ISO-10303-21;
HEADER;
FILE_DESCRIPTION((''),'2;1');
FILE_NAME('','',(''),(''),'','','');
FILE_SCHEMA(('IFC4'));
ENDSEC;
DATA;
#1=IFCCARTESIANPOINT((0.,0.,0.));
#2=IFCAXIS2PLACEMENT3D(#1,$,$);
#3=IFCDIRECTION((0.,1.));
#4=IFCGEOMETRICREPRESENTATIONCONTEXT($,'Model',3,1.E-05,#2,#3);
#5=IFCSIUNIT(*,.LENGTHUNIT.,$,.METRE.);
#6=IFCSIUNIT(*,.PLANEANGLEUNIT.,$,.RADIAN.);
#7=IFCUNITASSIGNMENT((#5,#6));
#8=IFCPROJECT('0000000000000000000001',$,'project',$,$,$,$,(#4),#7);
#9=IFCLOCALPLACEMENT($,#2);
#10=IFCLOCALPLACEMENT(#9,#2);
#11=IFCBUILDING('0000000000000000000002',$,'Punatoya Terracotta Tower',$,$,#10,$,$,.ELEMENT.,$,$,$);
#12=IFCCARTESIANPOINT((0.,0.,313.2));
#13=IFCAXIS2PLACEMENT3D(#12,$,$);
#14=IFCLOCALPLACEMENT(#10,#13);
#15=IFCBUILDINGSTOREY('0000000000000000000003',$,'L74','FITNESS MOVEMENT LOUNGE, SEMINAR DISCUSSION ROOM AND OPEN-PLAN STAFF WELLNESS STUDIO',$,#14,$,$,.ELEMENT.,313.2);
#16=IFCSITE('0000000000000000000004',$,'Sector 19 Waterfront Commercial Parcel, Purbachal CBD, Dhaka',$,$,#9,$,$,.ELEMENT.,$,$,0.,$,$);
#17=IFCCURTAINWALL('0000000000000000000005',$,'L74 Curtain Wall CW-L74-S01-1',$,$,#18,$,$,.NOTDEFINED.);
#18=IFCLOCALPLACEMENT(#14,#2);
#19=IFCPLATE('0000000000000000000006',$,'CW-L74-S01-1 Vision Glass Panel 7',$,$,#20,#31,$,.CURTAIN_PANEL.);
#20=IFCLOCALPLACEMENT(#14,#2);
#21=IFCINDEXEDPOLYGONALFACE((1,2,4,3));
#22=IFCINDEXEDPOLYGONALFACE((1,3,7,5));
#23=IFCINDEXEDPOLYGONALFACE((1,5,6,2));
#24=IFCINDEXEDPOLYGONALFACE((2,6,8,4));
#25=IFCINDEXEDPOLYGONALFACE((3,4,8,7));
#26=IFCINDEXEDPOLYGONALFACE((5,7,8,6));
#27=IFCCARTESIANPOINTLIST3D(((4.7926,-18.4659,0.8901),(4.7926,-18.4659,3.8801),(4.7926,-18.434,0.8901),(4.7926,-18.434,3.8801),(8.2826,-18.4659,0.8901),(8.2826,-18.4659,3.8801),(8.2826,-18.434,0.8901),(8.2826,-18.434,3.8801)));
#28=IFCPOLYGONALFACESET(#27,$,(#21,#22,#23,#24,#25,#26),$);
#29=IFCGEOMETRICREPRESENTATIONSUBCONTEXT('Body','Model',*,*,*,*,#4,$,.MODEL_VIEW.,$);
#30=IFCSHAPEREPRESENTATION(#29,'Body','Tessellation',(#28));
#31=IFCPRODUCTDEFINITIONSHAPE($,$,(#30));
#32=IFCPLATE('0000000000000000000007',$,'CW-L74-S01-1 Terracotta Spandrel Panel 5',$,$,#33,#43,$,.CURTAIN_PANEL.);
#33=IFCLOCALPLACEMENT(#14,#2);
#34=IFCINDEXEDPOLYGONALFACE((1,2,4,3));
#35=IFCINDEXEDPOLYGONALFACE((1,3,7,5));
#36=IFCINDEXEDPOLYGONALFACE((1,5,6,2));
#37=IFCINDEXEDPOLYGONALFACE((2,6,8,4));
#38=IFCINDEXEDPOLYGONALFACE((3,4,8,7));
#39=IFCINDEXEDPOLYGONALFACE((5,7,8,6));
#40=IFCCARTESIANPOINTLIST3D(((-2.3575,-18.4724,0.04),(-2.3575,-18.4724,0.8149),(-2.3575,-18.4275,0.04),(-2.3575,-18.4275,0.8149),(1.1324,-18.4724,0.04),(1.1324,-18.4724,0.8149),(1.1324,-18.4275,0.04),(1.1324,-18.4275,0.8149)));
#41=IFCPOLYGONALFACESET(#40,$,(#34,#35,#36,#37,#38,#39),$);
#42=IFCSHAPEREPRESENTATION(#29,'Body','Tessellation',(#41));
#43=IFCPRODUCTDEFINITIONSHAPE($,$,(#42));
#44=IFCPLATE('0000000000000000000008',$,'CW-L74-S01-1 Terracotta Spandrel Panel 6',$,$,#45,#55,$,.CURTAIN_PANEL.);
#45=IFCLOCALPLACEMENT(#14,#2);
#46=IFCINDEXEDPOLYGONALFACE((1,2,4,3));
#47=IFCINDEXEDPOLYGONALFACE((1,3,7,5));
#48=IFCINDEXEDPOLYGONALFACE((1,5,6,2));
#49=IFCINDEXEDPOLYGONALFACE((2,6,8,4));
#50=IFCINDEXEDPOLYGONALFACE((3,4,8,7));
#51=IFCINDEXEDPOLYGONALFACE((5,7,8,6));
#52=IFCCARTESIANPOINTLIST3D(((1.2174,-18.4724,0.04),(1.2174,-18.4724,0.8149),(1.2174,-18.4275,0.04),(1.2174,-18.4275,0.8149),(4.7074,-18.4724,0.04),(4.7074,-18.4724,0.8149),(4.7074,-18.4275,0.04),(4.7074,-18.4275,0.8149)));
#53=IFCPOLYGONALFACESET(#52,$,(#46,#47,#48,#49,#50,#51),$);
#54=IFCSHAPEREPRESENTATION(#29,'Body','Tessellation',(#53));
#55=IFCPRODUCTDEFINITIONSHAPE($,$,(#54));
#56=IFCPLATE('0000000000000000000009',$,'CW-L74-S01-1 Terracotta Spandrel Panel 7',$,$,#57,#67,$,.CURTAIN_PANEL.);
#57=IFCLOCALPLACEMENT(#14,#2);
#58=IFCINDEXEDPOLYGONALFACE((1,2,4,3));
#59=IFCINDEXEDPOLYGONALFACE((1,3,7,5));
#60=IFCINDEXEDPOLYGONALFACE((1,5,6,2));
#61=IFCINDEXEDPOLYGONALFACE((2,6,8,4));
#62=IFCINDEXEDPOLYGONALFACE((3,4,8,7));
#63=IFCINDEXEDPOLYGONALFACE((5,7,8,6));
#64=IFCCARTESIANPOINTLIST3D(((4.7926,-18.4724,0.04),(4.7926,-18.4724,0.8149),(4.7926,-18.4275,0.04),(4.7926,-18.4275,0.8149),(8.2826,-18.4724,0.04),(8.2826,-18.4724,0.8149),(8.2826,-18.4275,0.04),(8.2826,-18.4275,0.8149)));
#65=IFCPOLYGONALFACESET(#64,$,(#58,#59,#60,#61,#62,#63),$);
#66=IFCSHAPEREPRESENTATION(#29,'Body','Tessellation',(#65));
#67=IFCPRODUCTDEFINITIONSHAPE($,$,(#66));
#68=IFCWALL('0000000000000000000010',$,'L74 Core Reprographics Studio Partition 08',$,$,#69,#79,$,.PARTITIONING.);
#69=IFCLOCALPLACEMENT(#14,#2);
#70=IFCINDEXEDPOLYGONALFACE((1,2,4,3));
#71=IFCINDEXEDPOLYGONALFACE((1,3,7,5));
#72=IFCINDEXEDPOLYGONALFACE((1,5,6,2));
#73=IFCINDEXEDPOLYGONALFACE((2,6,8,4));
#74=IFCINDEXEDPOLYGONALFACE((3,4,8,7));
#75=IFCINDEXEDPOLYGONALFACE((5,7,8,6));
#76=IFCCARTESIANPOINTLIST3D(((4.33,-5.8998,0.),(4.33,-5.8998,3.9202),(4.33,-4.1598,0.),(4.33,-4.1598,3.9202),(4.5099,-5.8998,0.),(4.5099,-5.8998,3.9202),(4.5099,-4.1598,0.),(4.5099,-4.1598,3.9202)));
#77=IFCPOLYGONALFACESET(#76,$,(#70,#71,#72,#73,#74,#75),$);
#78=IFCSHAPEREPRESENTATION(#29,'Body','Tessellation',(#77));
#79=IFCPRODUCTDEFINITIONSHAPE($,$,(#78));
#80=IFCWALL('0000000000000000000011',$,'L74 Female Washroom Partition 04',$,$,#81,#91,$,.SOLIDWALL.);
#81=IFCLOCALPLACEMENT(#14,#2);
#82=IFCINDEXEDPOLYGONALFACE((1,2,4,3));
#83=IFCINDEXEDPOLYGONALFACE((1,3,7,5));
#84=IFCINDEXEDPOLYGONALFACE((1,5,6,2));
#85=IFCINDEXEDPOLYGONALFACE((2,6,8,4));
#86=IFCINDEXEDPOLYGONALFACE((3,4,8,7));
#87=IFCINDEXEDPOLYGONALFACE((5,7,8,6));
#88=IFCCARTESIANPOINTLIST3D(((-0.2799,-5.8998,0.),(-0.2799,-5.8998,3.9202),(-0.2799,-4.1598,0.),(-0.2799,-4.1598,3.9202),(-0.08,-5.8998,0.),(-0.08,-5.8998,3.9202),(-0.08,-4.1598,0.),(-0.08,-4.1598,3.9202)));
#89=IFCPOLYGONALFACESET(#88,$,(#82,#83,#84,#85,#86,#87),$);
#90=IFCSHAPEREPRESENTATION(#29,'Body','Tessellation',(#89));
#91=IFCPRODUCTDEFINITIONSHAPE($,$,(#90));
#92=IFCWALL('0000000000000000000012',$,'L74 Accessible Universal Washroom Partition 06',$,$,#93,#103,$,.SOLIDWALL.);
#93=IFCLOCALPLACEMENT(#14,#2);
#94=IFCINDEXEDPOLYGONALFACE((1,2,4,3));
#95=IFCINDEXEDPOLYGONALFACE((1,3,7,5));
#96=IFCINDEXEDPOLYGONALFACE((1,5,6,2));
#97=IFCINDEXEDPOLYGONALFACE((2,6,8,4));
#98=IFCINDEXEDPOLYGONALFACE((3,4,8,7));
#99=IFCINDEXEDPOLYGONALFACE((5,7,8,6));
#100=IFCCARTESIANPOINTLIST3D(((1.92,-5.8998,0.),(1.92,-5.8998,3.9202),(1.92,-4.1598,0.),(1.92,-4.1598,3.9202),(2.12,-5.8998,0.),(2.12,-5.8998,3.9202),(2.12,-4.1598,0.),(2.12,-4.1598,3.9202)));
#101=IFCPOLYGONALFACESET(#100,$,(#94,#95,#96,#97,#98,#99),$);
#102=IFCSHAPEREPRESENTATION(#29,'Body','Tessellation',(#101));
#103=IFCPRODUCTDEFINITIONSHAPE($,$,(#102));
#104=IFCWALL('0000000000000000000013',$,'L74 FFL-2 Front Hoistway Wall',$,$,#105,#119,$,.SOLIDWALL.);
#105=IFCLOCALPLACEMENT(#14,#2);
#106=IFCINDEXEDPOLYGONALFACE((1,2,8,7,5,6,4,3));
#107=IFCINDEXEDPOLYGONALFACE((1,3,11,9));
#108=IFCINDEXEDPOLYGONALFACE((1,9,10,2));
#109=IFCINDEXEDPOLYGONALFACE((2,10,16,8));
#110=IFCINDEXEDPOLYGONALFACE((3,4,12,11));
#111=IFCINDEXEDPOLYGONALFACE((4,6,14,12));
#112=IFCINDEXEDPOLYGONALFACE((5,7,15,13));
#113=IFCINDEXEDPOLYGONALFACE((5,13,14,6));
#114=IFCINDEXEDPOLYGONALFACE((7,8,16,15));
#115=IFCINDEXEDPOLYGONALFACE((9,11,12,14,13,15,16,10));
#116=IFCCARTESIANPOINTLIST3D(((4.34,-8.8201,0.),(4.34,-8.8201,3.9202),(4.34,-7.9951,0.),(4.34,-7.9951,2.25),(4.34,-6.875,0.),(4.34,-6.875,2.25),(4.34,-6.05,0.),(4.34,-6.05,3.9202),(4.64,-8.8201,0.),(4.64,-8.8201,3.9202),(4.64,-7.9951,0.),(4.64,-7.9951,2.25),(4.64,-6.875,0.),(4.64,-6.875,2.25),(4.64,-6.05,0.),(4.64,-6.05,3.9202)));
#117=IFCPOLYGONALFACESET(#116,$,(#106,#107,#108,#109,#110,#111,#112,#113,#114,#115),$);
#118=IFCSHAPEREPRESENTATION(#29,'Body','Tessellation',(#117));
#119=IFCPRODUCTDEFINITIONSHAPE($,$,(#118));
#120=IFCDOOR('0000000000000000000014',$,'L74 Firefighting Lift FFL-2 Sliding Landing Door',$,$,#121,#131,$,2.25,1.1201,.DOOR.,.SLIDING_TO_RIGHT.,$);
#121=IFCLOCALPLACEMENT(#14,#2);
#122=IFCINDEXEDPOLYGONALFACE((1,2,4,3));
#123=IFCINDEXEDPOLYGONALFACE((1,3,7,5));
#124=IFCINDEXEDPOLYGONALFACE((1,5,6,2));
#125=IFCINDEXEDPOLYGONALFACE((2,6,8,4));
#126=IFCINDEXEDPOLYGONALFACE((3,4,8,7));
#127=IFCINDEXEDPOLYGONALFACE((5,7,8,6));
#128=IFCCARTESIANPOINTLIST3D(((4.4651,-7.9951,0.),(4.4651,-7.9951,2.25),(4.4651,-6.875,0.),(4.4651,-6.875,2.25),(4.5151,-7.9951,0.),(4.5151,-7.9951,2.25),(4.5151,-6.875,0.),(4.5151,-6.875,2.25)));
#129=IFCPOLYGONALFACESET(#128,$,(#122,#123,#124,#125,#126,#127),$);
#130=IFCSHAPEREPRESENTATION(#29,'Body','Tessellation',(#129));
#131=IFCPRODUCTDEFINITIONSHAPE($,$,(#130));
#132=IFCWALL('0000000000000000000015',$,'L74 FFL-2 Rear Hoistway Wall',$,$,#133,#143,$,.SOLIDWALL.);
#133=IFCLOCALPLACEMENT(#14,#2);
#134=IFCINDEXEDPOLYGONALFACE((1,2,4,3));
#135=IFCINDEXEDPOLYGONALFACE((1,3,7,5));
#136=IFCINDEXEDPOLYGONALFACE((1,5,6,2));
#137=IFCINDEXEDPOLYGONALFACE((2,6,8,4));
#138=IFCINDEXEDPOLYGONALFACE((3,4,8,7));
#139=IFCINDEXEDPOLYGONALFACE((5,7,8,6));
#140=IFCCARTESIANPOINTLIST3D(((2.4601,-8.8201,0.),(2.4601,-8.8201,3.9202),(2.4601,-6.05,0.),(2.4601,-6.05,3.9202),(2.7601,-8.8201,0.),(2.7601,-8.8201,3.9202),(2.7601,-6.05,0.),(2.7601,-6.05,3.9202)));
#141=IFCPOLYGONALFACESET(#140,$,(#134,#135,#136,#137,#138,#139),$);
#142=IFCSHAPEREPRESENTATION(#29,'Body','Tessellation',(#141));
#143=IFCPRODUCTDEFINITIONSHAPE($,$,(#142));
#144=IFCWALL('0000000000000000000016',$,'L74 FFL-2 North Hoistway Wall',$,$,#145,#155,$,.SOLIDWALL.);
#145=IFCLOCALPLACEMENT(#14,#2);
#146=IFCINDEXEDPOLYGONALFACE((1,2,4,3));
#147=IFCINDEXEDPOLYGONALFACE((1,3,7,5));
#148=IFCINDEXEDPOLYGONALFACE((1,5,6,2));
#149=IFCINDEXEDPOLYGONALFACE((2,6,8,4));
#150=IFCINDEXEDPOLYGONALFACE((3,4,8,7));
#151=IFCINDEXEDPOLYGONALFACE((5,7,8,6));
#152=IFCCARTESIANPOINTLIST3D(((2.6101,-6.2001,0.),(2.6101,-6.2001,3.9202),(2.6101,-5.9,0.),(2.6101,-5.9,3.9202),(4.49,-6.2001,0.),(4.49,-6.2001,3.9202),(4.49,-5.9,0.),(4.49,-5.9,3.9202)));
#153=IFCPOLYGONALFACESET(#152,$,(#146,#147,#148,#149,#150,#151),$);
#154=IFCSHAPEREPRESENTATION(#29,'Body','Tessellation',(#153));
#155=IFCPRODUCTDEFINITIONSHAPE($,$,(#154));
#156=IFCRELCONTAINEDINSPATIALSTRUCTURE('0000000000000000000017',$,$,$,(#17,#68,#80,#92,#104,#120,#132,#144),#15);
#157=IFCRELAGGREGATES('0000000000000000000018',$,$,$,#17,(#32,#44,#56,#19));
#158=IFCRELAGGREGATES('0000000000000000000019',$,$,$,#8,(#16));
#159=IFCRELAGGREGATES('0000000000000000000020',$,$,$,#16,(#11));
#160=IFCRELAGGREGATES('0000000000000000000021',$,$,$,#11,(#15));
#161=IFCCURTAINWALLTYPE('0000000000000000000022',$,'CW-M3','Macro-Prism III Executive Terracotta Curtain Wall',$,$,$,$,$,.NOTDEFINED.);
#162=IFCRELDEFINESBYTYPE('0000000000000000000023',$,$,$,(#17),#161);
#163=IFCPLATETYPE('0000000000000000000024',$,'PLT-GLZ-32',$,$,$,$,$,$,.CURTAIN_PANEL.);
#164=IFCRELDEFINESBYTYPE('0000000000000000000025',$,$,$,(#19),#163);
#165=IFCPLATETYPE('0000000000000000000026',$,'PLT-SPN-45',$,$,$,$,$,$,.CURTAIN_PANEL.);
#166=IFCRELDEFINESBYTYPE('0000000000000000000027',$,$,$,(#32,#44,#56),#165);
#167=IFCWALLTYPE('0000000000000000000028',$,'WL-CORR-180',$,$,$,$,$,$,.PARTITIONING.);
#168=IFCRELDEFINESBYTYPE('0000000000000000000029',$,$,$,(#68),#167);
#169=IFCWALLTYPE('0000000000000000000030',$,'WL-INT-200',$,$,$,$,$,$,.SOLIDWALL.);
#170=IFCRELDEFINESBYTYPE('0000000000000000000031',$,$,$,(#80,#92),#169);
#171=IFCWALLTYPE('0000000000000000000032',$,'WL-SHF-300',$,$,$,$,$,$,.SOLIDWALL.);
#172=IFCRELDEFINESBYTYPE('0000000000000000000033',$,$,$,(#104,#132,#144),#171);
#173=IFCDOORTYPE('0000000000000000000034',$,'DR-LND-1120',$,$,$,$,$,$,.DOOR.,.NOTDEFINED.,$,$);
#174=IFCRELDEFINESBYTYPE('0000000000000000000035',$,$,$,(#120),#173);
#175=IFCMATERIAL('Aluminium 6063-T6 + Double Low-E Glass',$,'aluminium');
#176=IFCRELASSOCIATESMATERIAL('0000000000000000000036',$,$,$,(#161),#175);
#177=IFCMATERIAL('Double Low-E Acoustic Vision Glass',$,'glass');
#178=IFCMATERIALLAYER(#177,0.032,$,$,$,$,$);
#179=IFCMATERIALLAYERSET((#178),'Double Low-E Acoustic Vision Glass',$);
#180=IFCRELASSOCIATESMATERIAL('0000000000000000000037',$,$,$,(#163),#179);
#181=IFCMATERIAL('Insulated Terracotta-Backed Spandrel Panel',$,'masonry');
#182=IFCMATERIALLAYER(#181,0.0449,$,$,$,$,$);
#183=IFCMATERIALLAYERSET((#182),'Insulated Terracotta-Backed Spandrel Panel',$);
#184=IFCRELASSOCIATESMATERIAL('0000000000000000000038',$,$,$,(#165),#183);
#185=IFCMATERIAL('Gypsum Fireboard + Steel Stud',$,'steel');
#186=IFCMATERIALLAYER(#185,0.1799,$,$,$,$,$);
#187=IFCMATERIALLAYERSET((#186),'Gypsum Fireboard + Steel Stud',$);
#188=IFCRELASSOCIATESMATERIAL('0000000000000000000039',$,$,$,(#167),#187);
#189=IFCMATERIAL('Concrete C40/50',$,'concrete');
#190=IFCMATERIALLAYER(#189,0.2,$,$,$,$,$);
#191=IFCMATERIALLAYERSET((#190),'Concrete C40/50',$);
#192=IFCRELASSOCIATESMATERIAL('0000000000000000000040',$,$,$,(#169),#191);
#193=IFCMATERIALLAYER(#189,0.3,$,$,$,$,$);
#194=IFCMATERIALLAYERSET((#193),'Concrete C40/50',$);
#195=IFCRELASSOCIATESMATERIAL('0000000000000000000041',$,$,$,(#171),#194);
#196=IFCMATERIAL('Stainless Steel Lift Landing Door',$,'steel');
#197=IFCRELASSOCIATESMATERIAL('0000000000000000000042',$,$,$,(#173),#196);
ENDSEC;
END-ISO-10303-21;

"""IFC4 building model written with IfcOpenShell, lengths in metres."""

from ifc_helpers import new_model, si_unit, direction, frame, frame_2d, origin, origin_2d, place, context, subcontext, project, spatial, rectangle, extrude, material, layer, layer_set, type_object, element, fill, aggregate, save


model = new_model("IFC4")

# Units and contexts
model_context = context("Model", 3, precision=1e-05, world=origin(), true_north=direction((0.0, 1.0)))
body_context = subcontext(model_context, "Body", "Model", "MODEL_VIEW")
ifc_project = project(units=[si_unit("LENGTHUNIT", "METRE"), si_unit("PLANEANGLEUNIT", "RADIAN")], contexts=[model_context])

# Site, building, storey
site_placement = place(None, origin())
site = spatial("IfcSite", under=ifc_project, at=site_placement, Name="Sector 19 Waterfront Commercial Parcel, Purbachal CBD, Dhaka", CompositionType="ELEMENT", RefElevation=0.0)
building_placement = place(site_placement, origin())
building = spatial("IfcBuilding", under=site, at=building_placement, Name="Punatoya Terracotta Tower", CompositionType="ELEMENT")
storey_placement = place(building_placement, frame((0.0, 0.0, 313.2)))
storey = spatial("IfcBuildingStorey", under=building, at=storey_placement, Name="L74", Description="FITNESS MOVEMENT LOUNGE, SEMINAR DISCUSSION ROOM AND OPEN-PLAN STAFF WELLNESS STUDIO", CompositionType="ELEMENT", Elevation=313.2)

# Curtain wall, plates
ifc_material_1 = material(Name="Aluminium 6063-T6 + Double Low-E Glass", Category="aluminium")
curtain_wall_type = type_object("IfcCurtainWallType", Name="CW-M3", Description="Macro-Prism III Executive Terracotta Curtain Wall", PredefinedType="NOTDEFINED", material=ifc_material_1)
curtain_wall_placement = place(storey_placement, origin())
curtain_wall = element("IfcCurtainWall", 1, at=curtain_wall_placement, inside=storey, type_object=curtain_wall_type, Name="L74 Curtain Wall CW-L74-S01-1", PredefinedType="NOTDEFINED")
ifc_material_2 = material(Name="Double Low-E Acoustic Vision Glass", Category="glass")
ifc_layer_1 = layer(ifc_material_2, 0.032)
ifc_layer_set_1 = layer_set([ifc_layer_1], Name="Double Low-E Acoustic Vision Glass")
plate_type_1 = type_object("IfcPlateType", Name="PLT-GLZ-32", PredefinedType="CURTAIN_PANEL", material=ifc_layer_set_1)
plate_1_placement = place(storey_placement, frame((6.5376, -18.45, 0.8901), z_axis=(0.0, 0.0, 1.0), x_axis=(1.0, 0.0, 0.0)))
plate_1 = element("IfcPlate", 2, at=plate_1_placement, type_object=plate_type_1, Name="CW-L74-S01-1 Vision Glass Panel 7", PredefinedType="CURTAIN_PANEL", context=body_context, shape_type="SweptSolid", body=[
    extrude(rectangle(XDim=3.49, YDim=0.032, at=origin_2d()), origin(), (0.0, 0.0, 1.0), 2.99),
])
ifc_material_3 = material(Name="Insulated Terracotta-Backed Spandrel Panel", Category="masonry")
ifc_layer_2 = layer(ifc_material_3, 0.0449)
ifc_layer_set_2 = layer_set([ifc_layer_2], Name="Insulated Terracotta-Backed Spandrel Panel")
plate_type_2 = type_object("IfcPlateType", Name="PLT-SPN-45", PredefinedType="CURTAIN_PANEL", material=ifc_layer_set_2)
plate_2_placement = place(storey_placement, frame((-0.6125, -18.45, 0.04), z_axis=(0.0, 0.0, 1.0), x_axis=(1.0, 0.0, 0.0)))
plate_2 = element("IfcPlate", 3, at=plate_2_placement, type_object=plate_type_2, Name="CW-L74-S01-1 Terracotta Spandrel Panel 5", PredefinedType="CURTAIN_PANEL", context=body_context, shape_type="SweptSolid", body=[
    extrude(rectangle(XDim=3.49, YDim=0.0449, at=origin_2d()), origin(), (0.0, 0.0, 1.0), 0.7749),
])
plate_3_placement = place(storey_placement, frame((2.9624, -18.45, 0.04), z_axis=(0.0, 0.0, 1.0), x_axis=(1.0, 0.0, 0.0)))
plate_3 = element("IfcPlate", 4, at=plate_3_placement, type_object=plate_type_2, Name="CW-L74-S01-1 Terracotta Spandrel Panel 6", PredefinedType="CURTAIN_PANEL", context=body_context, shape_type="SweptSolid", body=[
    extrude(rectangle(XDim=3.49, YDim=0.0449, at=origin_2d()), origin(), (0.0, 0.0, 1.0), 0.7749),
])
plate_4_placement = place(storey_placement, frame((6.5376, -18.45, 0.04), z_axis=(0.0, 0.0, 1.0), x_axis=(1.0, 0.0, 0.0)))
plate_4 = element("IfcPlate", 5, at=plate_4_placement, type_object=plate_type_2, Name="CW-L74-S01-1 Terracotta Spandrel Panel 7", PredefinedType="CURTAIN_PANEL", context=body_context, shape_type="SweptSolid", body=[
    extrude(rectangle(XDim=3.49, YDim=0.0449, at=origin_2d()), origin(), (0.0, 0.0, 1.0), 0.7749),
])
aggregate(curtain_wall, [plate_2, plate_3, plate_4, plate_1])

# Walls
ifc_material_4 = material(Name="Gypsum Fireboard + Steel Stud", Category="steel")
ifc_layer_3 = layer(ifc_material_4, 0.1799)
ifc_layer_set_3 = layer_set([ifc_layer_3], Name="Gypsum Fireboard + Steel Stud")
wall_type_1 = type_object("IfcWallType", Name="WL-CORR-180", PredefinedType="PARTITIONING", material=ifc_layer_set_3)
wall_1_placement = place(storey_placement, frame((4.4199, -5.8999, 0.0), z_axis=(0.0, 0.0, 1.0), x_axis=(0.0, 1.0, 0.0)))
element("IfcWall", 6, at=wall_1_placement, inside=storey, type_object=wall_type_1, Name="L74 Core Reprographics Studio Partition 08", PredefinedType="PARTITIONING", context=body_context, shape_type="SweptSolid", body=[
    extrude(rectangle(XDim=1.74, YDim=0.1799, at=frame_2d((0.8701, 0.0))), origin(), (0.0, 0.0, 1.0), 3.9202),
])
ifc_material_5 = material(Name="Concrete C40/50", Category="concrete")
ifc_layer_4 = layer(ifc_material_5, 0.2)
ifc_layer_set_4 = layer_set([ifc_layer_4], Name="Concrete C40/50")
wall_type_2 = type_object("IfcWallType", Name="WL-INT-200", PredefinedType="SOLIDWALL", material=ifc_layer_set_4)
wall_2_placement = place(storey_placement, frame((-0.1799, -5.8999, 0.0), z_axis=(0.0, 0.0, 1.0), x_axis=(0.0, 1.0, 0.0)))
element("IfcWall", 7, at=wall_2_placement, inside=storey, type_object=wall_type_2, Name="L74 Female Washroom Partition 04", PredefinedType="SOLIDWALL", context=body_context, shape_type="SweptSolid", body=[
    extrude(rectangle(XDim=1.74, YDim=0.2, at=frame_2d((0.8701, 0.0))), origin(), (0.0, 0.0, 1.0), 3.9202),
])

# Wall
wall_3_placement = place(storey_placement, frame((2.02, -5.8999, 0.0), z_axis=(0.0, 0.0, 1.0), x_axis=(0.0, 1.0, 0.0)))
element("IfcWall", 8, at=wall_3_placement, inside=storey, type_object=wall_type_2, Name="L74 Accessible Universal Washroom Partition 06", PredefinedType="SOLIDWALL", context=body_context, shape_type="SweptSolid", body=[
    extrude(rectangle(XDim=1.74, YDim=0.2, at=frame_2d((0.8701, 0.0))), origin(), (0.0, 0.0, 1.0), 3.9202),
])

# Wall, opening, door
ifc_layer_5 = layer(ifc_material_5, 0.3)
ifc_layer_set_5 = layer_set([ifc_layer_5], Name="Concrete C40/50")
wall_type_3 = type_object("IfcWallType", Name="WL-SHF-300", PredefinedType="SOLIDWALL", material=ifc_layer_set_5)
wall_4_placement = place(storey_placement, frame((4.49, -8.8201, 0.0), z_axis=(0.0, 0.0, 1.0), x_axis=(0.0, 1.0, 0.0)))
wall_4 = element("IfcWall", 9, at=wall_4_placement, inside=storey, type_object=wall_type_3, Name="L74 FFL-2 Front Hoistway Wall", PredefinedType="SOLIDWALL", context=body_context, shape_type="SweptSolid", body=[
    extrude(rectangle(XDim=2.77, YDim=0.3, at=frame_2d((1.385, 0.0))), origin(), (0.0, 0.0, 1.0), 3.9202),
])
opening_1_placement = place(wall_4_placement, frame((0.825, 0.0, 0.0)))
opening_1 = element("IfcOpeningElement", 10, at=opening_1_placement, cuts=wall_4, PredefinedType="OPENING", context=body_context, shape_type="SweptSolid", body=[
    extrude(rectangle(XDim=1.1201, YDim=2.25, at=frame_2d((0.5601, 1.125))), frame((0.0, 0.1599, 0.0), z_axis=(0.0, -1.0, 0.0), x_axis=(1.0, 0.0, 0.0)), (0.0, 0.0, 1.0), 0.3201),
])
ifc_material_6 = material(Name="Stainless Steel Lift Landing Door", Category="steel")
door_type_1 = type_object("IfcDoorType", Name="DR-LND-1120", OperationType="NOTDEFINED", PredefinedType="DOOR", material=ifc_material_6)
door_1_placement = place(opening_1_placement, origin())
door_1 = element("IfcDoor", 11, at=door_1_placement, inside=storey, type_object=door_type_1, Name="L74 Firefighting Lift FFL-2 Sliding Landing Door", OperationType="SLIDING_TO_RIGHT", OverallHeight=2.25, OverallWidth=1.1201, PredefinedType="DOOR", context=body_context, shape_type="SweptSolid", body=[
    extrude(rectangle(XDim=1.1201, YDim=2.25, at=frame_2d((0.5601, 1.125))), frame((0.0, 0.0249, 0.0), z_axis=(0.0, -1.0, 0.0), x_axis=(1.0, 0.0, 0.0)), (0.0, 0.0, 1.0), 0.05),
])
fill(opening_1, door_1)

# Walls
wall_5_placement = place(storey_placement, frame((2.6101, -8.8201, 0.0), z_axis=(0.0, 0.0, 1.0), x_axis=(0.0, 1.0, 0.0)))
element("IfcWall", 12, at=wall_5_placement, inside=storey, type_object=wall_type_3, Name="L74 FFL-2 Rear Hoistway Wall", PredefinedType="SOLIDWALL", context=body_context, shape_type="SweptSolid", body=[
    extrude(rectangle(XDim=2.77, YDim=0.3, at=frame_2d((1.385, 0.0))), origin(), (0.0, 0.0, 1.0), 3.9202),
])
wall_6_placement = place(storey_placement, frame((2.6101, -6.05, 0.0), z_axis=(0.0, 0.0, 1.0), x_axis=(1.0, 0.0, 0.0)))
element("IfcWall", 13, at=wall_6_placement, inside=storey, type_object=wall_type_3, Name="L74 FFL-2 North Hoistway Wall", PredefinedType="SOLIDWALL", context=body_context, shape_type="SweptSolid", body=[
    extrude(rectangle(XDim=1.8799, YDim=0.3, at=frame_2d((0.9399, 0.0))), origin(), (0.0, 0.0, 1.0), 3.9202),
])

save(model, "model.ifc")
